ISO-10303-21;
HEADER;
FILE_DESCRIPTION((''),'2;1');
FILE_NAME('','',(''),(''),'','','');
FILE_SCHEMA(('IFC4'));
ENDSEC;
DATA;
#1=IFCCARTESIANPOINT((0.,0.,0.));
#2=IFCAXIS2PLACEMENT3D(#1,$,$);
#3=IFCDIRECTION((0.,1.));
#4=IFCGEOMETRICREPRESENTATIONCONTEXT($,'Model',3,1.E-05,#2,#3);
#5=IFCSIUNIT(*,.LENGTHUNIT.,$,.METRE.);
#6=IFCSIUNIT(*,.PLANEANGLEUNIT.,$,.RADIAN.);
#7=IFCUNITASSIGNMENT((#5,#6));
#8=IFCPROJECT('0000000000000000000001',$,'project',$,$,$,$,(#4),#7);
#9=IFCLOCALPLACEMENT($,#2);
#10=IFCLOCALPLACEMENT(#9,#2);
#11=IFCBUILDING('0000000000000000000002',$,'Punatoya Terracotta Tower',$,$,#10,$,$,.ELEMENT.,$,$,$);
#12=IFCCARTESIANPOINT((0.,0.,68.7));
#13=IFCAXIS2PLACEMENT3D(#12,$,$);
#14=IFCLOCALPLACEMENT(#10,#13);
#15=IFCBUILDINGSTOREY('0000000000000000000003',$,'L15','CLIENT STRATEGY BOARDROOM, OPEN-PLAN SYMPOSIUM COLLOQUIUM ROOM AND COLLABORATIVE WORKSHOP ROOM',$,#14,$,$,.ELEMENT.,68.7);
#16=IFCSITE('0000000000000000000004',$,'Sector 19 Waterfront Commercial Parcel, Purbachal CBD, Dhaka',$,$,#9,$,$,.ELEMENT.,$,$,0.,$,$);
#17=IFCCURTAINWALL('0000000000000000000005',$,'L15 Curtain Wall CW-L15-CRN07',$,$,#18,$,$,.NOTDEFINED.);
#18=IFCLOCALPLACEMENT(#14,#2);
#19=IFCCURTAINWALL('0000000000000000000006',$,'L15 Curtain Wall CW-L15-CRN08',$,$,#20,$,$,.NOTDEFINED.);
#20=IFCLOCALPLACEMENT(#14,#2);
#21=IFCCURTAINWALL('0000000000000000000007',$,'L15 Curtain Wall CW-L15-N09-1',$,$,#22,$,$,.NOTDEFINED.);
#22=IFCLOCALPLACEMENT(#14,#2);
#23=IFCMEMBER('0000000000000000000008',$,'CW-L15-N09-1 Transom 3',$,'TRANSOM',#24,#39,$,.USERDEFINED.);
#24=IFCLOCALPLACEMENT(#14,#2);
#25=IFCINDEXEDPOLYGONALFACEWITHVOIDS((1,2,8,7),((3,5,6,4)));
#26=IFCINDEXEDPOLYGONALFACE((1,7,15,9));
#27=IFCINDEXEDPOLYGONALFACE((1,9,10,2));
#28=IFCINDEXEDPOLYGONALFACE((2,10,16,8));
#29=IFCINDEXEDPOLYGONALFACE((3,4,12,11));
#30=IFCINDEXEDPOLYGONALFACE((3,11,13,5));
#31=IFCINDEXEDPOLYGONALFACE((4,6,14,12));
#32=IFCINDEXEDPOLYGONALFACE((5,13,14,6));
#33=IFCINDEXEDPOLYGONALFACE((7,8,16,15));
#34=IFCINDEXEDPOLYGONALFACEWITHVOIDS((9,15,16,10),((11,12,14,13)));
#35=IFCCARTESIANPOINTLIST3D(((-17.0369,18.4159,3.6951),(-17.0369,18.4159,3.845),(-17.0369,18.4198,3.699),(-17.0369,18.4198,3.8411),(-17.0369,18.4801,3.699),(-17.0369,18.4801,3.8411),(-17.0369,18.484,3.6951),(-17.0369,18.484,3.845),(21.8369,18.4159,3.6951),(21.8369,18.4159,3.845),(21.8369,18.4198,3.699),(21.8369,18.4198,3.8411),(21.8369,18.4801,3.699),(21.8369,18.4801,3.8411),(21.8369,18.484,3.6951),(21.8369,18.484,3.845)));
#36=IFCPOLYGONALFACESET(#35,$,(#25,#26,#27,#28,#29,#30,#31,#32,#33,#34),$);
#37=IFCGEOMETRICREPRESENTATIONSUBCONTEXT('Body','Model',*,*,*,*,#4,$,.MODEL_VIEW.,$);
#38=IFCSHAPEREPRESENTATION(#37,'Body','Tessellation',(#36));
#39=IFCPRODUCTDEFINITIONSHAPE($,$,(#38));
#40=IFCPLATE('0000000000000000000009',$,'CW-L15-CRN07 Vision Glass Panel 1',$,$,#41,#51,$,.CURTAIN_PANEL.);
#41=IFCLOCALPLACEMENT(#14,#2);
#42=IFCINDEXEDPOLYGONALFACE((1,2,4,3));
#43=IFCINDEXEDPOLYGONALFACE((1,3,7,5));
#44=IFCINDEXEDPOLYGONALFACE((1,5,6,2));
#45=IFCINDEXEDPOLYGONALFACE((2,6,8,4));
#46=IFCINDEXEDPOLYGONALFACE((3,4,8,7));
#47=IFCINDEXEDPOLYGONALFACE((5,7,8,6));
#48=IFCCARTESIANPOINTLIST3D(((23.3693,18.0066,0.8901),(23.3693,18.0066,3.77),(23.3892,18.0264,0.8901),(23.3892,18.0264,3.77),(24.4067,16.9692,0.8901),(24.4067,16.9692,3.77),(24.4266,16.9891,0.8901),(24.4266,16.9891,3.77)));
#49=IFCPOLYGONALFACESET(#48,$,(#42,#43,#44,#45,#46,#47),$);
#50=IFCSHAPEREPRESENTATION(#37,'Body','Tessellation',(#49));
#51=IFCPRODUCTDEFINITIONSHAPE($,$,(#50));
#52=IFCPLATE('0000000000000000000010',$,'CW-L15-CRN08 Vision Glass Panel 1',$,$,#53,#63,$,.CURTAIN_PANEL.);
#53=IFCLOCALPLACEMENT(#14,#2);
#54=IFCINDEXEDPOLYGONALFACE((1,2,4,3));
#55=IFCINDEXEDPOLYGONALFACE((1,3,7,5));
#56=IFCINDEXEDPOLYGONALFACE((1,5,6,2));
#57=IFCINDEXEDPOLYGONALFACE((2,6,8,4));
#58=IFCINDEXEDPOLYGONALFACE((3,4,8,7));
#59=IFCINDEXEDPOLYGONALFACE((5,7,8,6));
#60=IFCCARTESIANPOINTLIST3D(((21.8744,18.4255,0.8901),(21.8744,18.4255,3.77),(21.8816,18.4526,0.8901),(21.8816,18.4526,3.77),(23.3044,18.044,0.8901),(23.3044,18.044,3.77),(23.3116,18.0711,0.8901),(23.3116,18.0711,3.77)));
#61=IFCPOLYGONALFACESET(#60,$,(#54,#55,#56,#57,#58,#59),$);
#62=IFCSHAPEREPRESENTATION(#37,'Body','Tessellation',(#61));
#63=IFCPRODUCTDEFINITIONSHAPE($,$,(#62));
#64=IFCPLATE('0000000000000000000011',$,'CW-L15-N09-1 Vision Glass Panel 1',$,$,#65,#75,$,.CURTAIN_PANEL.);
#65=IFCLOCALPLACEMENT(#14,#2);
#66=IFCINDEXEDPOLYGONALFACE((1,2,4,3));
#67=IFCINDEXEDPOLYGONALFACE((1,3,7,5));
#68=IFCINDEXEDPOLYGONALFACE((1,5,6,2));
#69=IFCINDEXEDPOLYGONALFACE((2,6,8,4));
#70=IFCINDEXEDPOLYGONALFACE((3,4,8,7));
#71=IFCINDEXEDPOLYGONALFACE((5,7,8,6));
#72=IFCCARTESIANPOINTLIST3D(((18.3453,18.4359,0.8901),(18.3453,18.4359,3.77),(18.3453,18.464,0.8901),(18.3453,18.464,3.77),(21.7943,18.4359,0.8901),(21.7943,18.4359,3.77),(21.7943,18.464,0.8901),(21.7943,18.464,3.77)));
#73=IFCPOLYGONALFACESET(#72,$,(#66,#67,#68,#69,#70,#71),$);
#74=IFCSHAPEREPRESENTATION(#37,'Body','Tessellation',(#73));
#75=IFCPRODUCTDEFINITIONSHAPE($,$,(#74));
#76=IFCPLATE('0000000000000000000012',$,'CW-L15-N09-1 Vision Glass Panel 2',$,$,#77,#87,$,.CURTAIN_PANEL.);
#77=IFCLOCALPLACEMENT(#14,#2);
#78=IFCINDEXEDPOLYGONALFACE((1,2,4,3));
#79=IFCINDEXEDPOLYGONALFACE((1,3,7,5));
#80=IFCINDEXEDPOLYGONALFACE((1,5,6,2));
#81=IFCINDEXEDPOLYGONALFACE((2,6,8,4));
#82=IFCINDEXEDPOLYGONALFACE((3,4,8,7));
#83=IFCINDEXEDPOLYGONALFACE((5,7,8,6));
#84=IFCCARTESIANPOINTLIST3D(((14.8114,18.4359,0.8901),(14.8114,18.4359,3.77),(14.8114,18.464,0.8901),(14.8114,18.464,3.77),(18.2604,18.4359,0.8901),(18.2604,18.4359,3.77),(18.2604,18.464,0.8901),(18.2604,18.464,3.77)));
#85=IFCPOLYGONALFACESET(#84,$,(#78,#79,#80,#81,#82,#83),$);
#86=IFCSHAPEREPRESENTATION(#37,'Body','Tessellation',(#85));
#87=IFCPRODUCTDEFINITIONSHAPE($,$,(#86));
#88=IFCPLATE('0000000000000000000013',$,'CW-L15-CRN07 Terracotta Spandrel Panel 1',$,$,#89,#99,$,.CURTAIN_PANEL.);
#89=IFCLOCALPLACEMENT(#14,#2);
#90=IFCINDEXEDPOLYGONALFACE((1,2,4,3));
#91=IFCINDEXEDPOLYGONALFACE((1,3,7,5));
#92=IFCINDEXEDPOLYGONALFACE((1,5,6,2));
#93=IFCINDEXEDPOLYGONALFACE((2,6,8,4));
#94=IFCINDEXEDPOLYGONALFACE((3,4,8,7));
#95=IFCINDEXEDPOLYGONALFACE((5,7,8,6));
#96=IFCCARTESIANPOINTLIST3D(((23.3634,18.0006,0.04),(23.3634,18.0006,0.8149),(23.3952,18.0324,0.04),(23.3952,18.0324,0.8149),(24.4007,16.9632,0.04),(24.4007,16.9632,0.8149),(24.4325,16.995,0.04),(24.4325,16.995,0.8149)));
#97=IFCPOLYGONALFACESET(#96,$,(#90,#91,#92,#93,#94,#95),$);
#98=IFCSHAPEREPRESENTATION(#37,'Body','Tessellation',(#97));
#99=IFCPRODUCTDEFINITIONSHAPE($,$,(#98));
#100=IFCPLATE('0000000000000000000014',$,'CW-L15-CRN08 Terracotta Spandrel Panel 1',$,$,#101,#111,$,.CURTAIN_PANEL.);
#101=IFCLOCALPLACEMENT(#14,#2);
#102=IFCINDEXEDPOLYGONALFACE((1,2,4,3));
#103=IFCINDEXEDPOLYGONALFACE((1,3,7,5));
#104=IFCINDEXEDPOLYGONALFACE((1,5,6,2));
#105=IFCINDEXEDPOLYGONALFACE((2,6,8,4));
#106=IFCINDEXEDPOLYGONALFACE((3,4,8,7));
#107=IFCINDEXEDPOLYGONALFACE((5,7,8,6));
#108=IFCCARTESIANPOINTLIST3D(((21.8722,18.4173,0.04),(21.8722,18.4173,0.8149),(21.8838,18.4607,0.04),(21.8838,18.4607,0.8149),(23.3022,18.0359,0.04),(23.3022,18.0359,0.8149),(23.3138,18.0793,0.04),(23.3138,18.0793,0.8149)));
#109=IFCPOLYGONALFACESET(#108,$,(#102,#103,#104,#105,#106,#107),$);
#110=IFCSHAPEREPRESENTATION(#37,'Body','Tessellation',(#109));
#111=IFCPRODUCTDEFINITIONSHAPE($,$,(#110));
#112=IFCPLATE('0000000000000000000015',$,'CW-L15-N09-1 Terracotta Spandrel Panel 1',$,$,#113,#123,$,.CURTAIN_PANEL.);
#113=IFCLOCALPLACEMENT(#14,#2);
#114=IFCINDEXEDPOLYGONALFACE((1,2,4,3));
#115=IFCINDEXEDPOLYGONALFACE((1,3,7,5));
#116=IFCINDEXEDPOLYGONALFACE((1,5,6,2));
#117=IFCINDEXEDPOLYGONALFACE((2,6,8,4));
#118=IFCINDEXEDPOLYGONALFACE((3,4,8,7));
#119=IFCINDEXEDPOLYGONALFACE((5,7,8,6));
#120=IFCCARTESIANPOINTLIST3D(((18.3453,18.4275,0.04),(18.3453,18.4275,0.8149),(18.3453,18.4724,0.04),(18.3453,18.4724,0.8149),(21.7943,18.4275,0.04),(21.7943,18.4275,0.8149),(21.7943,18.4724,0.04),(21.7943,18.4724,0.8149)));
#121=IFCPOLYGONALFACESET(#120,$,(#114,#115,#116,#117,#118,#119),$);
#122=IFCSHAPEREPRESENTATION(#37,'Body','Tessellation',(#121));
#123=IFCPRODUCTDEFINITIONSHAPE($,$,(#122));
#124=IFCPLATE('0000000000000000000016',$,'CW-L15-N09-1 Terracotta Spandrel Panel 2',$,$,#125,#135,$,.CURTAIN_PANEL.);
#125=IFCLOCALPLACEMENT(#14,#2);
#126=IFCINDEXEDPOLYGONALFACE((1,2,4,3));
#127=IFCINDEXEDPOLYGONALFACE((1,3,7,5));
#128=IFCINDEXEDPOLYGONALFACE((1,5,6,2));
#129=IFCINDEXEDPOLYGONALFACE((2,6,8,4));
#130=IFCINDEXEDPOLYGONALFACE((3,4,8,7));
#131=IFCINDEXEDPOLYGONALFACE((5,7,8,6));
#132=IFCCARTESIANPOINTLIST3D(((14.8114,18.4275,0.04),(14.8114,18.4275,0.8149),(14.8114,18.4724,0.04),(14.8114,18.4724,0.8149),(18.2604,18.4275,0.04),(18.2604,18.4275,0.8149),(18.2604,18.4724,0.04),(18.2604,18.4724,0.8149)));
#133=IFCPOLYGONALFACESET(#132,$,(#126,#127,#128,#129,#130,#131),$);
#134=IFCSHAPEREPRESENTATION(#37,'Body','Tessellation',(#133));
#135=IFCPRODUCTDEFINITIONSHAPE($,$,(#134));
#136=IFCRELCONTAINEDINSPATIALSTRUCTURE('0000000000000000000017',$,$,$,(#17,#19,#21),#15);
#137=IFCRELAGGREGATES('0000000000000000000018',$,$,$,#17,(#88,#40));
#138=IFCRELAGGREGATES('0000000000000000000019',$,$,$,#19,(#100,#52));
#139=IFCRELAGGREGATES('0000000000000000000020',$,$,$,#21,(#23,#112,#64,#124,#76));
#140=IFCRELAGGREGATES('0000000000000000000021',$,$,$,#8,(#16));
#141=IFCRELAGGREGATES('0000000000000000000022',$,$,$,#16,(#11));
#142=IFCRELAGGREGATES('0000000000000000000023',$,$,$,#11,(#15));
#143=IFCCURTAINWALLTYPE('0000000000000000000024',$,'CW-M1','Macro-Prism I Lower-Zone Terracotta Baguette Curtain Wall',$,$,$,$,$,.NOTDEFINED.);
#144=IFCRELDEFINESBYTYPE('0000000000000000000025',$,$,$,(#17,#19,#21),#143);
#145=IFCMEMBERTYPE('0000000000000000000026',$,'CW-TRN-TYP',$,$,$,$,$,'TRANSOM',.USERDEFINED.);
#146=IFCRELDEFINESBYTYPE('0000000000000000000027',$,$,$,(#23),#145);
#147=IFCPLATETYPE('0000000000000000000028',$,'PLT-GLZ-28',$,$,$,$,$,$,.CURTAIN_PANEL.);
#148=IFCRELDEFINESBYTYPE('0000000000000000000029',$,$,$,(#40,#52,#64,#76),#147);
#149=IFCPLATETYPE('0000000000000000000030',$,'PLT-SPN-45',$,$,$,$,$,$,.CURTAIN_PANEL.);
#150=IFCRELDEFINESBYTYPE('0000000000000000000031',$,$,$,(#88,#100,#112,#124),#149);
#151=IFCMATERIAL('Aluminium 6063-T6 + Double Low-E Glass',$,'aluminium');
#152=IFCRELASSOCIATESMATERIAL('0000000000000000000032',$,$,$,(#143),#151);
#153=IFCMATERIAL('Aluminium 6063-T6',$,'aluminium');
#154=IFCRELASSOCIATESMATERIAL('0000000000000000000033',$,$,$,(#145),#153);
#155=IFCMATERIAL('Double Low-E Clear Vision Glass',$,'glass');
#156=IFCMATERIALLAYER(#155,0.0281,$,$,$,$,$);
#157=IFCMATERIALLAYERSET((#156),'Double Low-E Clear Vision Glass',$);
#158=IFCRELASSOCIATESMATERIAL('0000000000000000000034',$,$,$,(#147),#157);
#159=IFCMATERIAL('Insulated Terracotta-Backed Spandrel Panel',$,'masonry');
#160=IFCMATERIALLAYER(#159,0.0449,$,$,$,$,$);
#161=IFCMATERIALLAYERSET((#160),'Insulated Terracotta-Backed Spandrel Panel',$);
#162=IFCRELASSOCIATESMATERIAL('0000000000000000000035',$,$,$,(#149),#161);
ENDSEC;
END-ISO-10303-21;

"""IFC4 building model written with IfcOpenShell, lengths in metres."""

from ifc_helpers import new_model, si_unit, direction, frame, origin, origin_2d, place, context, subcontext, project, spatial, rectangle, hollow_rectangle, extrude, material, layer, layer_set, material_profile, profile_set, type_object, element, aggregate, save


model = new_model("IFC4")

# Units and contexts
model_context = context("Model", 3, precision=1e-05, world=origin(), true_north=direction((0.0, 1.0)))
body_context = subcontext(model_context, "Body", "Model", "MODEL_VIEW")
ifc_project = project(units=[si_unit("LENGTHUNIT", "METRE"), si_unit("PLANEANGLEUNIT", "RADIAN")], contexts=[model_context])

# Site, building, storey
site_placement = place(None, origin())
site = spatial("IfcSite", under=ifc_project, at=site_placement, Name="Sector 19 Waterfront Commercial Parcel, Purbachal CBD, Dhaka", CompositionType="ELEMENT", RefElevation=0.0)
building_placement = place(site_placement, origin())
building = spatial("IfcBuilding", under=site, at=building_placement, Name="Punatoya Terracotta Tower", CompositionType="ELEMENT")
storey_placement = place(building_placement, frame((0.0, 0.0, 68.7)))
storey = spatial("IfcBuildingStorey", under=building, at=storey_placement, Name="L15", Description="CLIENT STRATEGY BOARDROOM, OPEN-PLAN SYMPOSIUM COLLOQUIUM ROOM AND COLLABORATIVE WORKSHOP ROOM", CompositionType="ELEMENT", Elevation=68.7)

# Curtain walls
ifc_material_1 = material(Name="Aluminium 6063-T6 + Double Low-E Glass", Category="aluminium")
curtain_wall_type = type_object("IfcCurtainWallType", Name="CW-M1", Description="Macro-Prism I Lower-Zone Terracotta Baguette Curtain Wall", PredefinedType="NOTDEFINED", material=ifc_material_1)
curtain_wall_1_placement = place(storey_placement, origin())
curtain_wall_1 = element("IfcCurtainWall", 1, at=curtain_wall_1_placement, inside=storey, type_object=curtain_wall_type, Name="L15 Curtain Wall CW-L15-CRN07", PredefinedType="NOTDEFINED")
ifc_material_2 = material(Name="Aluminium 6063-T6", Category="aluminium")
curtain_wall_2_placement = place(storey_placement, origin())
curtain_wall_2 = element("IfcCurtainWall", 2, at=curtain_wall_2_placement, inside=storey, type_object=curtain_wall_type, Name="L15 Curtain Wall CW-L15-CRN08", PredefinedType="NOTDEFINED")
curtain_wall_3_placement = place(storey_placement, origin())
curtain_wall_3 = element("IfcCurtainWall", 3, at=curtain_wall_3_placement, inside=storey, type_object=curtain_wall_type, Name="L15 Curtain Wall CW-L15-N09-1", PredefinedType="NOTDEFINED")

# Member
ifc_material_profile_1 = material_profile(ifc_material_2, hollow_rectangle(XDim=0.0681, YDim=0.1499, WallThickness=0.0039, at=origin_2d()))
ifc_profile_set_1 = profile_set([ifc_material_profile_1], Name="Aluminium 6063-T6")
member_type_1 = type_object("IfcMemberType", Name="CW-TRN-TYP", ElementType="TRANSOM", PredefinedType="USERDEFINED", material=ifc_profile_set_1)
member_1_placement = place(storey_placement, frame((21.8369, 18.45, 3.77), z_axis=(-1.0, 0.0, 0.0), x_axis=(0.0, -1.0, 0.0)))
member_1 = element("IfcMember", 4, at=member_1_placement, type_object=member_type_1, Name="CW-L15-N09-1 Transom 3", ObjectType="TRANSOM", PredefinedType="USERDEFINED", context=body_context, shape_type="SweptSolid", body=[
    extrude(hollow_rectangle(XDim=0.0681, YDim=0.1499, WallThickness=0.0039, at=origin_2d()), origin(), (0.0, 0.0, 1.0), 38.8738),
])

# Plates
ifc_material_3 = material(Name="Double Low-E Clear Vision Glass", Category="glass")
ifc_layer_1 = layer(ifc_material_3, 0.0281)
ifc_layer_set_1 = layer_set([ifc_layer_1], Name="Double Low-E Clear Vision Glass")
plate_type_1 = type_object("IfcPlateType", Name="PLT-GLZ-28", PredefinedType="CURTAIN_PANEL", material=ifc_layer_set_1)
plate_1_placement = place(storey_placement, frame((23.8979, 17.4978, 0.8901), z_axis=(0.0, 0.0, 1.0), x_axis=(-0.707107, 0.707107, 0.0)))
plate_1 = element("IfcPlate", 5, at=plate_1_placement, type_object=plate_type_1, Name="CW-L15-CRN07 Vision Glass Panel 1", PredefinedType="CURTAIN_PANEL", context=body_context, shape_type="SweptSolid", body=[
    extrude(rectangle(XDim=1.467, YDim=0.0281, at=origin_2d()), origin(), (0.0, 0.0, 1.0), 2.8799),
])
plate_2_placement = place(storey_placement, frame((22.593, 18.2483, 0.8901), z_axis=(0.0, 0.0, 1.0), x_axis=(-0.966214, 0.257742, 0.0)))
plate_2 = element("IfcPlate", 6, at=plate_2_placement, type_object=plate_type_1, Name="CW-L15-CRN08 Vision Glass Panel 1", PredefinedType="CURTAIN_PANEL", context=body_context, shape_type="SweptSolid", body=[
    extrude(rectangle(XDim=1.48, YDim=0.0281, at=origin_2d()), origin(), (0.0, 0.0, 1.0), 2.8799),
])
plate_3_placement = place(storey_placement, frame((20.0698, 18.45, 0.8901), z_axis=(0.0, 0.0, 1.0), x_axis=(-1.0, 0.0, 0.0)))
plate_3 = element("IfcPlate", 7, at=plate_3_placement, type_object=plate_type_1, Name="CW-L15-N09-1 Vision Glass Panel 1", PredefinedType="CURTAIN_PANEL", context=body_context, shape_type="SweptSolid", body=[
    extrude(rectangle(XDim=3.449, YDim=0.0281, at=origin_2d()), origin(), (0.0, 0.0, 1.0), 2.8799),
])
plate_4_placement = place(storey_placement, frame((16.5359, 18.45, 0.8901), z_axis=(0.0, 0.0, 1.0), x_axis=(-1.0, 0.0, 0.0)))
plate_4 = element("IfcPlate", 8, at=plate_4_placement, type_object=plate_type_1, Name="CW-L15-N09-1 Vision Glass Panel 2", PredefinedType="CURTAIN_PANEL", context=body_context, shape_type="SweptSolid", body=[
    extrude(rectangle(XDim=3.449, YDim=0.0281, at=origin_2d()), origin(), (0.0, 0.0, 1.0), 2.8799),
])
ifc_material_4 = material(Name="Insulated Terracotta-Backed Spandrel Panel", Category="masonry")
ifc_layer_2 = layer(ifc_material_4, 0.0449)
ifc_layer_set_2 = layer_set([ifc_layer_2], Name="Insulated Terracotta-Backed Spandrel Panel")
plate_type_2 = type_object("IfcPlateType", Name="PLT-SPN-45", PredefinedType="CURTAIN_PANEL", material=ifc_layer_set_2)
plate_5_placement = place(storey_placement, frame((23.8979, 17.4978, 0.04), z_axis=(0.0, 0.0, 1.0), x_axis=(-0.707107, 0.707107, 0.0)))
plate_5 = element("IfcPlate", 9, at=plate_5_placement, type_object=plate_type_2, Name="CW-L15-CRN07 Terracotta Spandrel Panel 1", PredefinedType="CURTAIN_PANEL", context=body_context, shape_type="SweptSolid", body=[
    extrude(rectangle(XDim=1.467, YDim=0.0449, at=origin_2d()), origin(), (0.0, 0.0, 1.0), 0.7749),
])
aggregate(curtain_wall_1, [plate_5, plate_1])
plate_6_placement = place(storey_placement, frame((22.593, 18.2483, 0.04), z_axis=(0.0, 0.0, 1.0), x_axis=(-0.966214, 0.257742, 0.0)))
plate_6 = element("IfcPlate", 10, at=plate_6_placement, type_object=plate_type_2, Name="CW-L15-CRN08 Terracotta Spandrel Panel 1", PredefinedType="CURTAIN_PANEL", context=body_context, shape_type="SweptSolid", body=[
    extrude(rectangle(XDim=1.48, YDim=0.0449, at=origin_2d()), origin(), (0.0, 0.0, 1.0), 0.7749),
])
aggregate(curtain_wall_2, [plate_6, plate_2])
plate_7_placement = place(storey_placement, frame((20.0698, 18.45, 0.04), z_axis=(0.0, 0.0, 1.0), x_axis=(-1.0, 0.0, 0.0)))
plate_7 = element("IfcPlate", 11, at=plate_7_placement, type_object=plate_type_2, Name="CW-L15-N09-1 Terracotta Spandrel Panel 1", PredefinedType="CURTAIN_PANEL", context=body_context, shape_type="SweptSolid", body=[
    extrude(rectangle(XDim=3.449, YDim=0.0449, at=origin_2d()), origin(), (0.0, 0.0, 1.0), 0.7749),
])
plate_8_placement = place(storey_placement, frame((16.5359, 18.45, 0.04), z_axis=(0.0, 0.0, 1.0), x_axis=(-1.0, 0.0, 0.0)))
plate_8 = element("IfcPlate", 12, at=plate_8_placement, type_object=plate_type_2, Name="CW-L15-N09-1 Terracotta Spandrel Panel 2", PredefinedType="CURTAIN_PANEL", context=body_context, shape_type="SweptSolid", body=[
    extrude(rectangle(XDim=3.449, YDim=0.0449, at=origin_2d()), origin(), (0.0, 0.0, 1.0), 0.7749),
])
aggregate(curtain_wall_3, [member_1, plate_7, plate_3, plate_8, plate_4])

save(model, "model.ifc")
